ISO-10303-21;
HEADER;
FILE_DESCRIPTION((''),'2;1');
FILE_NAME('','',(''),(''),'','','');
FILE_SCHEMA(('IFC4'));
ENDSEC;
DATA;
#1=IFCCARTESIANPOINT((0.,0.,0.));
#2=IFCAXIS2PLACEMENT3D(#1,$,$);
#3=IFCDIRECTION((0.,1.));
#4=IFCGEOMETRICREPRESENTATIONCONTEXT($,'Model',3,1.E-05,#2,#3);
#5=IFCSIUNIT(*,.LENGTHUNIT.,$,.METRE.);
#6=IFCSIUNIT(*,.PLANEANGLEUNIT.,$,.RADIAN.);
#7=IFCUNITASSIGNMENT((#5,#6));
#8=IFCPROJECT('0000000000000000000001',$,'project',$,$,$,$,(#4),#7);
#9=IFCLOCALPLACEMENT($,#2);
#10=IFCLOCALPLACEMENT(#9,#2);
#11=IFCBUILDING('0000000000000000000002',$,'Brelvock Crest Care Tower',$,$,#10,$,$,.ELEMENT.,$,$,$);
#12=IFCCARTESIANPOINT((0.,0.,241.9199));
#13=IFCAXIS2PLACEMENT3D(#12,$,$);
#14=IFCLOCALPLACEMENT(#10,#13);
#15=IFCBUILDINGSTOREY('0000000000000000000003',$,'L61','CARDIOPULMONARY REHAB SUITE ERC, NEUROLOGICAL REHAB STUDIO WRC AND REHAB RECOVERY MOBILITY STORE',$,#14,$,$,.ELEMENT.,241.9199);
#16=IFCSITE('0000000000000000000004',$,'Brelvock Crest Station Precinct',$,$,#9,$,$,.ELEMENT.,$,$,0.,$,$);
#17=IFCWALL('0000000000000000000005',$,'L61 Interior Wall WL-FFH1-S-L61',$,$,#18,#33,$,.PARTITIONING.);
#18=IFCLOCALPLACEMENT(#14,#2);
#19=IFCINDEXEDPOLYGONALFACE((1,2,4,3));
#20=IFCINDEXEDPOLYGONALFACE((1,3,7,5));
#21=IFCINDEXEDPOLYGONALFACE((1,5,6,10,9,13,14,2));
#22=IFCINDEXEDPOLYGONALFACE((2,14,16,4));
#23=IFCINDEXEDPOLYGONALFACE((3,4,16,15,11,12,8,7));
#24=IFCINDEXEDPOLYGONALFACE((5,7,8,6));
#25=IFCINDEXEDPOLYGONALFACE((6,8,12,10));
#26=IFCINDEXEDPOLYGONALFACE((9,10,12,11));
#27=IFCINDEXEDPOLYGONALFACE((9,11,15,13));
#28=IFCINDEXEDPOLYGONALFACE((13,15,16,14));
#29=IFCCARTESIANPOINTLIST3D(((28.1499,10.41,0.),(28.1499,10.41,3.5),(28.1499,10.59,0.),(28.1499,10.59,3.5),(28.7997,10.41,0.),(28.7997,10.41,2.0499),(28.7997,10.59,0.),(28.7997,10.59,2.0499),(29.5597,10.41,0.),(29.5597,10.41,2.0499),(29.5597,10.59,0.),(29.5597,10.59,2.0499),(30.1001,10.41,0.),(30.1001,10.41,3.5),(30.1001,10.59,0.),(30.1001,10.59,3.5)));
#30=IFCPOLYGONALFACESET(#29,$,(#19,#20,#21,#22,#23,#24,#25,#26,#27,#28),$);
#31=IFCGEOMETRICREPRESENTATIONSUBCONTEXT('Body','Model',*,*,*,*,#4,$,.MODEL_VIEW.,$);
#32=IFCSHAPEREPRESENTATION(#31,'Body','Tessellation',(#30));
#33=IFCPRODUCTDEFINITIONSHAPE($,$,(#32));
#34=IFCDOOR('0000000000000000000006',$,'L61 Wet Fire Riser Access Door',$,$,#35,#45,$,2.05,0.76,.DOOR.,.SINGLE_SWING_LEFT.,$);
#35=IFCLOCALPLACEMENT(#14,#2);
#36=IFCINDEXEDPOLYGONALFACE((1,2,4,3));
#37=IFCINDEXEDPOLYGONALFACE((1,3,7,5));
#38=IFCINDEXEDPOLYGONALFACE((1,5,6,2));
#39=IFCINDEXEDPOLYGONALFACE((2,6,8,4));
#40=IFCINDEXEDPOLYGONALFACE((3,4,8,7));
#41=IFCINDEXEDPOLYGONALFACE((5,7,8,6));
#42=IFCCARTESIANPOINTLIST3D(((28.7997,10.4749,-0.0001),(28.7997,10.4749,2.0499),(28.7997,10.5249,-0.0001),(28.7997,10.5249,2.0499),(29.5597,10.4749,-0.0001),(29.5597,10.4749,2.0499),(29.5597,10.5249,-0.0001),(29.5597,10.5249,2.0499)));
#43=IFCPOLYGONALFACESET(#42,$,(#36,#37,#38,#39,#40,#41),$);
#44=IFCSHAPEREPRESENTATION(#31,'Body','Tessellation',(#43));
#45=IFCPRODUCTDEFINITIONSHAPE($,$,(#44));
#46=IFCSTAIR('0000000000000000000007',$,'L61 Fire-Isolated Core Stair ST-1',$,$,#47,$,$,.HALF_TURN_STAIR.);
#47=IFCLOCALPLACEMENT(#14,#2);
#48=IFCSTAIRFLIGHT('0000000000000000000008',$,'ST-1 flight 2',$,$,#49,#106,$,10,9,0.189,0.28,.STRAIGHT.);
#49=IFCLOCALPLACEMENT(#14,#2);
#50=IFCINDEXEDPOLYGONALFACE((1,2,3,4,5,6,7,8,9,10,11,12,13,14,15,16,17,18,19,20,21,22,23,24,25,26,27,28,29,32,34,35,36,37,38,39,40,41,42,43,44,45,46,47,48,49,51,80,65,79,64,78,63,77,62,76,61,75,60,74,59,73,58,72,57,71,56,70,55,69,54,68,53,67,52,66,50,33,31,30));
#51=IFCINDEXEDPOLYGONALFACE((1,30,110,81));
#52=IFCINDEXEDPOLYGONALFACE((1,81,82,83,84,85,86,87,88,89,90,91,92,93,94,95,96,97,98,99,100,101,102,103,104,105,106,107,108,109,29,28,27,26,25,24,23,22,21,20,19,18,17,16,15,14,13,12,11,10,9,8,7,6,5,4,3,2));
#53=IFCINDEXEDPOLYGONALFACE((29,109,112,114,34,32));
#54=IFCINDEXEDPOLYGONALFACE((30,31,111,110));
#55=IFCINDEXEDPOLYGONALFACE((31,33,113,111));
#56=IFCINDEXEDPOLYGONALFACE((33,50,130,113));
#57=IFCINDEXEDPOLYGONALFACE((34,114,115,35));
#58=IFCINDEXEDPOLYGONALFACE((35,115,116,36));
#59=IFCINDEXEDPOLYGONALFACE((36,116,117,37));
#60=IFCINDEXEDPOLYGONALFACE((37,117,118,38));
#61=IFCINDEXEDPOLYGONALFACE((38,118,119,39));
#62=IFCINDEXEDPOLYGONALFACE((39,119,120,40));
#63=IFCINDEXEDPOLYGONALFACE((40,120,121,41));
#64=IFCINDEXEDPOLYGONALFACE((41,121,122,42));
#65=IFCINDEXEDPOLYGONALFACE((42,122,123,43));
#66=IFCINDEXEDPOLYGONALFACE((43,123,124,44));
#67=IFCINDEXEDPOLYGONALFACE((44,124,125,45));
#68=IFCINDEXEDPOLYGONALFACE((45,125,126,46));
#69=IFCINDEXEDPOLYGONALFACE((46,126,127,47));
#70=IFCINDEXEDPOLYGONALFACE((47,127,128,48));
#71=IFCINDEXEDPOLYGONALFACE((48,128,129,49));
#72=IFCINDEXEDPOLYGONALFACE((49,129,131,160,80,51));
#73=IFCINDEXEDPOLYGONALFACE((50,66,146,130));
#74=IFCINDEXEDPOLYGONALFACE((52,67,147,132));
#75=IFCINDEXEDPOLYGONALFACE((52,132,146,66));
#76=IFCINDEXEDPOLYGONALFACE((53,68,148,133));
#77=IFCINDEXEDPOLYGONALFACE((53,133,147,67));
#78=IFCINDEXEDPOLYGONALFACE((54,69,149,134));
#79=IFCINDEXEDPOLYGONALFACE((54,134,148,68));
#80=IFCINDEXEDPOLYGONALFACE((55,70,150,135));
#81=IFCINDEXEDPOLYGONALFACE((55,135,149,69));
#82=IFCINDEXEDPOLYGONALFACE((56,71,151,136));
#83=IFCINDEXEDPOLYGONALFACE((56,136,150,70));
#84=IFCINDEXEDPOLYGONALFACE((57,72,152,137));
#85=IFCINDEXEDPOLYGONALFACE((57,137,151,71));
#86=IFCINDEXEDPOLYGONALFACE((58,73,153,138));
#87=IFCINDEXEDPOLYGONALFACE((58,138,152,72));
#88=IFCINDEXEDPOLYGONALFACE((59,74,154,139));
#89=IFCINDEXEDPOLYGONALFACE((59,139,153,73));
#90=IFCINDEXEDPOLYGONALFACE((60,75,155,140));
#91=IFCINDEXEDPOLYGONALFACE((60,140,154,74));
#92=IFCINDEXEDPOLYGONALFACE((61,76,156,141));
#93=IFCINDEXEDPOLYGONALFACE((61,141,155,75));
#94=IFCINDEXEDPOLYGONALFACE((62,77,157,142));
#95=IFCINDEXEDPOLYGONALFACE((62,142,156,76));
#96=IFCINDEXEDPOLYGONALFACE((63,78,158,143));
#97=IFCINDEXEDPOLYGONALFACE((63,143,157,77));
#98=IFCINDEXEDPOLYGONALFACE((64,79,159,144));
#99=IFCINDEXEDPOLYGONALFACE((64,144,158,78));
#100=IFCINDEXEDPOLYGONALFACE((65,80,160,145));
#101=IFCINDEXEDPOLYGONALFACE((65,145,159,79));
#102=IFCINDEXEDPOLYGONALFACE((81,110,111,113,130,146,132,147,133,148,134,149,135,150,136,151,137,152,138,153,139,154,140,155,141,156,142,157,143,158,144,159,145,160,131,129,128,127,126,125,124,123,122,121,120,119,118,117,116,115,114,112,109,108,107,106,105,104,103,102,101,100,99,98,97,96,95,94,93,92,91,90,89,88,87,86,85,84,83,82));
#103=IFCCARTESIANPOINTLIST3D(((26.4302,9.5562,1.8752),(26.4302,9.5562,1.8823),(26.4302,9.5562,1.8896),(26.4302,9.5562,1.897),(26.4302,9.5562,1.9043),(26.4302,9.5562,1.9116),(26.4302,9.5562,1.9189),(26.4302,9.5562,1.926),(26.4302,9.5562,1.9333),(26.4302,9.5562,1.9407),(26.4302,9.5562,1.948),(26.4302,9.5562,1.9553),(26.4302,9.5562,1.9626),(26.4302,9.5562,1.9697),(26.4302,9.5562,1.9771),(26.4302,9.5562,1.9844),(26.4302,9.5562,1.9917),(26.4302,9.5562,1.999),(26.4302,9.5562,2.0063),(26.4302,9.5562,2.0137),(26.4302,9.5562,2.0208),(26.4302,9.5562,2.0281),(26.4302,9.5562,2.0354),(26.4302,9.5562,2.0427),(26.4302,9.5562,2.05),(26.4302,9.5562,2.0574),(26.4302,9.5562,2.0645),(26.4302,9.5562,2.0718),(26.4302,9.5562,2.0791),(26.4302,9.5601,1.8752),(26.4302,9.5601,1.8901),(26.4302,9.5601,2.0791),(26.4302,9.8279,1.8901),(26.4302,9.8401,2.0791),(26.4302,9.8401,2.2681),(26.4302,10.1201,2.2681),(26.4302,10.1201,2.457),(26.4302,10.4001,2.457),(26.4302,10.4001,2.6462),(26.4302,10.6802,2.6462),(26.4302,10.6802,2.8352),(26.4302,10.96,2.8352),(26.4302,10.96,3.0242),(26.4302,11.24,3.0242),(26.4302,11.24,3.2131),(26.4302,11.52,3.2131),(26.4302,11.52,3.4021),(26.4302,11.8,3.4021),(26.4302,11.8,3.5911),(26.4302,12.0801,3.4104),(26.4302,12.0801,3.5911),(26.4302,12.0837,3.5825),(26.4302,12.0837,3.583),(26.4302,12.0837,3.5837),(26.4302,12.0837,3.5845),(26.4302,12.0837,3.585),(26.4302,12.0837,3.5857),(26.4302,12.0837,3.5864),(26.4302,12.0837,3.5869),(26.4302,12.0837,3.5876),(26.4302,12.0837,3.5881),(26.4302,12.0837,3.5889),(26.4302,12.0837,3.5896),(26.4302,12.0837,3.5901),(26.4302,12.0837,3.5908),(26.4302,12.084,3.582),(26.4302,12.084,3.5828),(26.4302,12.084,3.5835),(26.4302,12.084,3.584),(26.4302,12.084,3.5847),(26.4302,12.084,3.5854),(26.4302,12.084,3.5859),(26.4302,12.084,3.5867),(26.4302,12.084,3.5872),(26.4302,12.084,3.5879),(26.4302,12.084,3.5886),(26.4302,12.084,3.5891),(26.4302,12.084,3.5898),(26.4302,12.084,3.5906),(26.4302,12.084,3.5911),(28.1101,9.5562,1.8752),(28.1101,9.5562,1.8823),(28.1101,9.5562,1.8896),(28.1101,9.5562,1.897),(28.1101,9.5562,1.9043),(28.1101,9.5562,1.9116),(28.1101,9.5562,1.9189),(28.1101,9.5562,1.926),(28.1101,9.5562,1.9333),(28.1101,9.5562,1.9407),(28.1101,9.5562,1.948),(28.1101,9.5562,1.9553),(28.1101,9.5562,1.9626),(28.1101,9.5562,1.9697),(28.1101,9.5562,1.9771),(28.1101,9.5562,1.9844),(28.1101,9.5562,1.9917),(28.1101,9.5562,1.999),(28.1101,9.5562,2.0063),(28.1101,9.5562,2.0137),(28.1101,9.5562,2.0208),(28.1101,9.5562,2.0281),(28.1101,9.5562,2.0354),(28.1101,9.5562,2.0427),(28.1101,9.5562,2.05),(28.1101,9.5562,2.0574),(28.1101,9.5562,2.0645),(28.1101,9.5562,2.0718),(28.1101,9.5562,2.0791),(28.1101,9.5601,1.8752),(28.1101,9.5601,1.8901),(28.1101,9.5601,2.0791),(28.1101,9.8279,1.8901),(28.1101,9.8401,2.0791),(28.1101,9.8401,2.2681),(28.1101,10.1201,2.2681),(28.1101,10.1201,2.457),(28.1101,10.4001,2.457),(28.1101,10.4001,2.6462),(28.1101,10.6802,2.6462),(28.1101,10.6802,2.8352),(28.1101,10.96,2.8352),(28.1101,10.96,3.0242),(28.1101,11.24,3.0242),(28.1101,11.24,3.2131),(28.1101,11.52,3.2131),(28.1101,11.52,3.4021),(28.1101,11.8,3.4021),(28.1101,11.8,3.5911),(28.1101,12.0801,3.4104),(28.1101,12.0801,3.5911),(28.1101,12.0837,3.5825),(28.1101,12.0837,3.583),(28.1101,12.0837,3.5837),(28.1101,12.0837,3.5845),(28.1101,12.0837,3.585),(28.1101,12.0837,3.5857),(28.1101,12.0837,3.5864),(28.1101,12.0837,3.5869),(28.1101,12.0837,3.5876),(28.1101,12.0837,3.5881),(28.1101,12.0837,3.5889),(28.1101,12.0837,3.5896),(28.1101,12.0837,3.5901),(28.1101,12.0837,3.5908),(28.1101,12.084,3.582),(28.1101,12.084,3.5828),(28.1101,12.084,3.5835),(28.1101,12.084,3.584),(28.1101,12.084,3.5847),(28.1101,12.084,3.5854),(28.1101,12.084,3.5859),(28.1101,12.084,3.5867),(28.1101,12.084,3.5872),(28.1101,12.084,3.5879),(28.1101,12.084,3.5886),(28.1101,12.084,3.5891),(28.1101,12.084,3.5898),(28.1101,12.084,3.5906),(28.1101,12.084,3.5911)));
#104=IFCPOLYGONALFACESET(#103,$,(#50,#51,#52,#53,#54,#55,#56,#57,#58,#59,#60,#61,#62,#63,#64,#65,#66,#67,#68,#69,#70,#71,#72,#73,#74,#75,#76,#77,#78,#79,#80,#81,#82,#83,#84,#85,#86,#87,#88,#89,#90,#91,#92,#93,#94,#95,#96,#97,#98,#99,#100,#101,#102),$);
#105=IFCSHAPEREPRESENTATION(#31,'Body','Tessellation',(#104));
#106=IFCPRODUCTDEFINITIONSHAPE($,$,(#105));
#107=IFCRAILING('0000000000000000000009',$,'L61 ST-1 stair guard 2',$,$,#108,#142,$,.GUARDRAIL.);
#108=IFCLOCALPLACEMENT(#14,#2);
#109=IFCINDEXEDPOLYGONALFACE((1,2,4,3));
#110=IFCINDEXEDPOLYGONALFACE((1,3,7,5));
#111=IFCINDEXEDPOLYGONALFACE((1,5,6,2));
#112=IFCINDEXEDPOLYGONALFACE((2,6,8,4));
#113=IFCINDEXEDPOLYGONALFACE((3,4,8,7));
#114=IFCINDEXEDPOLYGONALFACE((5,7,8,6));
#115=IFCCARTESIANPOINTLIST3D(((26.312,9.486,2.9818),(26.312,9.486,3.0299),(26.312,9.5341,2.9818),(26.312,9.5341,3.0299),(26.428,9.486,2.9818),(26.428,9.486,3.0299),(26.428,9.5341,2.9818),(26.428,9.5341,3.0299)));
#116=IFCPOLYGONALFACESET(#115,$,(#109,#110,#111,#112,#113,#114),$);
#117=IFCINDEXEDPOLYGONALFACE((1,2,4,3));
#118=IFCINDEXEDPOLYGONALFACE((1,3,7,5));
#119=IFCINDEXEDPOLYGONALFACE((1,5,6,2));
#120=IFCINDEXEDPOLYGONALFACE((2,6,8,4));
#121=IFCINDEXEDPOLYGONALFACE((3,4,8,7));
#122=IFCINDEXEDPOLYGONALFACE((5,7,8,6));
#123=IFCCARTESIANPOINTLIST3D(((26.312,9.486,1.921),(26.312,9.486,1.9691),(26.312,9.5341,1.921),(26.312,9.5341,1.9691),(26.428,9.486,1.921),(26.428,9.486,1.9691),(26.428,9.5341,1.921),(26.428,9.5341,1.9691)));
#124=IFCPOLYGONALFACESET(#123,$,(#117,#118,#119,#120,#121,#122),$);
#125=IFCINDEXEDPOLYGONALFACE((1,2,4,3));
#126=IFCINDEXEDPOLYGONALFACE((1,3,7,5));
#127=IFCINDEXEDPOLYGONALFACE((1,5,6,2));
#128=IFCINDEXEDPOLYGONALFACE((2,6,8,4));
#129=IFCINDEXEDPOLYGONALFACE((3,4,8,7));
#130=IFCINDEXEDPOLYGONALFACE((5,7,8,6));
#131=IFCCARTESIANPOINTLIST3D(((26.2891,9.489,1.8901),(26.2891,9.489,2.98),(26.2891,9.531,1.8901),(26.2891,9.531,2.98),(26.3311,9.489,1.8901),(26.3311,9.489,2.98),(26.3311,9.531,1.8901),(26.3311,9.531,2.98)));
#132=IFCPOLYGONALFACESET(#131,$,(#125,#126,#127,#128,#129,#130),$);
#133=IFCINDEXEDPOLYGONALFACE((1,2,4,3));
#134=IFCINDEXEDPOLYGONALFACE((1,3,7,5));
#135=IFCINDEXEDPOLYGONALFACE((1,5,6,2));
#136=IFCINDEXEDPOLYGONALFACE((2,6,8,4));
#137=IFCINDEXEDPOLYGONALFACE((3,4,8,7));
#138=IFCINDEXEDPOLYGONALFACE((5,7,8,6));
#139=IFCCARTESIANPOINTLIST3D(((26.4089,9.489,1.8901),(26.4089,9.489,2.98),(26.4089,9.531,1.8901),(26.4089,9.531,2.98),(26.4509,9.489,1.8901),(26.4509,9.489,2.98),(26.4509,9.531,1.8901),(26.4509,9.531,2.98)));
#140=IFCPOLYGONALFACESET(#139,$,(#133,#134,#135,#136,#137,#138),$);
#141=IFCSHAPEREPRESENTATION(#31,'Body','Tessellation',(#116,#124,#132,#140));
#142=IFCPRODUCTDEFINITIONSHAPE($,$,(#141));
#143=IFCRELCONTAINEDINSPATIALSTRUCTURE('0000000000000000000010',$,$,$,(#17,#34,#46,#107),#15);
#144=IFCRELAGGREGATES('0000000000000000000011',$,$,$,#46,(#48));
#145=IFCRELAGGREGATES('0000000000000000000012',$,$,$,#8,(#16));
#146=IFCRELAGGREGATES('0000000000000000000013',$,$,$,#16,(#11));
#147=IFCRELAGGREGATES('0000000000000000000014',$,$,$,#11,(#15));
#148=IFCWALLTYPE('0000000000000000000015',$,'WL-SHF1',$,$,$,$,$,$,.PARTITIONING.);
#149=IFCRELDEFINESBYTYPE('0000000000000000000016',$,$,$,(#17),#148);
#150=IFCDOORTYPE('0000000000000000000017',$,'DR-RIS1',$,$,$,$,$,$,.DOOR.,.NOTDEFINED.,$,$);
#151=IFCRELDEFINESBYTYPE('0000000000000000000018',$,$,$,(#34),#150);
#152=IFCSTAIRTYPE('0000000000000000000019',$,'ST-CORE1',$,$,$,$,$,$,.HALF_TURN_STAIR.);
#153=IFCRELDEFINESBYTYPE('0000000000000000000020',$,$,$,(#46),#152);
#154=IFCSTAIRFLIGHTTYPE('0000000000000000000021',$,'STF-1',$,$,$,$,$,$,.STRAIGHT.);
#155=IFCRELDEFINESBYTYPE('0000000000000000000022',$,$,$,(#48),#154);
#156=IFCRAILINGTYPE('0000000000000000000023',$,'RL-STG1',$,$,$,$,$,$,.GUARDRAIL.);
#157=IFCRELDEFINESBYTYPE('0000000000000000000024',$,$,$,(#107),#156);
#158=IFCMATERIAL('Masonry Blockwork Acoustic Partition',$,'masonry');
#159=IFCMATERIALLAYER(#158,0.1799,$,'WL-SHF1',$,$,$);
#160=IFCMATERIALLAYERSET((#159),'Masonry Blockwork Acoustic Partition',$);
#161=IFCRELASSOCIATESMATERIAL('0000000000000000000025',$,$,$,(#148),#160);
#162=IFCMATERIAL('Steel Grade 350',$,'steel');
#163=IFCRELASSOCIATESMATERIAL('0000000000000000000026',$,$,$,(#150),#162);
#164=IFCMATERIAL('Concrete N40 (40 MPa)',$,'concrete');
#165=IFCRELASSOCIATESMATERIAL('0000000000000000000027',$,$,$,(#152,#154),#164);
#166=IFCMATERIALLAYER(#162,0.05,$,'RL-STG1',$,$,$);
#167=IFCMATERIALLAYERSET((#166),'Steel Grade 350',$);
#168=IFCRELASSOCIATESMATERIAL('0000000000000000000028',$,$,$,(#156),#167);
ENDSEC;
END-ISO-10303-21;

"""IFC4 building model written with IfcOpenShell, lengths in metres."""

from ifc_helpers import new_model, si_unit, direction, frame, frame_2d, origin, origin_2d, place, context, subcontext, project, spatial, polyline, rectangle, outline, extrude, source, transform, mapped, material, layer, layer_set, type_object, element, fill, aggregate, save


model = new_model("IFC4")

# Units and contexts
model_context = context("Model", 3, precision=1e-05, world=origin(), true_north=direction((0.0, 1.0)))
body_context = subcontext(model_context, "Body", "Model", "MODEL_VIEW")
ifc_project = project(units=[si_unit("LENGTHUNIT", "METRE"), si_unit("PLANEANGLEUNIT", "RADIAN")], contexts=[model_context])

# Site, building, storey
site_placement = place(None, origin())
site = spatial("IfcSite", under=ifc_project, at=site_placement, Name="Brelvock Crest Station Precinct", CompositionType="ELEMENT", RefElevation=0.0)
building_placement = place(site_placement, origin())
building = spatial("IfcBuilding", under=site, at=building_placement, Name="Brelvock Crest Care Tower", CompositionType="ELEMENT")
storey_placement = place(building_placement, frame((0.0, 0.0, 241.9199)))
storey = spatial("IfcBuildingStorey", under=building, at=storey_placement, Name="L61", Description="CARDIOPULMONARY REHAB SUITE ERC, NEUROLOGICAL REHAB STUDIO WRC AND REHAB RECOVERY MOBILITY STORE", CompositionType="ELEMENT", Elevation=241.9199)

# Shared definitions
ifc_material_1 = material(Name="Steel Grade 350", Category="steel")

# Shared definitions
ifc_material_2 = material(Name="Masonry Blockwork Acoustic Partition", Category="masonry")
ifc_layer_1 = layer(ifc_material_2, 0.1799, Name="WL-SHF1")
ifc_layer_set_1 = layer_set([ifc_layer_1], Name="Masonry Blockwork Acoustic Partition")
wall_type_1 = type_object("IfcWallType", Name="WL-SHF1", PredefinedType="PARTITIONING", material=ifc_layer_set_1)

# Wall, opening, door
wall_1_placement = place(storey_placement, frame((28.1499, 10.5, 0.0), z_axis=(0.0, 0.0, 1.0), x_axis=(1.0, 0.0, 0.0)))
wall_1 = element("IfcWall", 1, at=wall_1_placement, inside=storey, type_object=wall_type_1, Name="L61 Interior Wall WL-FFH1-S-L61", PredefinedType="PARTITIONING", context=body_context, shape_type="SweptSolid", body=[
    extrude(rectangle(XDim=1.9502, YDim=0.1799, at=frame_2d((0.9751, 0.0))), origin(), (0.0, 0.0, 1.0), 3.5),
])
opening_1_placement = place(wall_1_placement, frame((0.6499, 0.0, 0.0)))
opening_1 = element("IfcOpeningElement", 2, at=opening_1_placement, cuts=wall_1, PredefinedType="OPENING", context=body_context, shape_type="SweptSolid", body=[
    extrude(rectangle(XDim=0.76, YDim=2.05, at=origin_2d()), frame((0.3799, 0.1001, 1.0249), z_axis=(0.0, -1.0, 0.0), x_axis=(1.0, 0.0, 0.0)), (0.0, 0.0, 1.0), 0.2),
])
door_type_1 = type_object("IfcDoorType", Name="DR-RIS1", OperationType="NOTDEFINED", PredefinedType="DOOR", material=ifc_material_1)
shared_shape_1 = source(origin(), body_context, "Body", "SweptSolid", [
    extrude(rectangle(XDim=0.76, YDim=2.05, at=origin_2d()), frame((0.3799, 0.0249, 1.0249), z_axis=(0.0, -1.0, 0.0), x_axis=(1.0, 0.0, 0.0)), (0.0, 0.0, 1.0), 0.05),
])
door_1_placement = place(opening_1_placement, origin())
door_1 = element("IfcDoor", 3, at=door_1_placement, inside=storey, type_object=door_type_1, Name="L61 Wet Fire Riser Access Door", OperationType="SINGLE_SWING_LEFT", OverallHeight=2.05, OverallWidth=0.76, PredefinedType="DOOR", context=body_context, shape_type="MappedRepresentation", body=[
    mapped(shared_shape_1, transform((0.0, 0.0, 0.0), x_axis=(1.0, 0.0, 0.0), y_axis=(0.0, 1.0, 0.0), z_axis=(0.0, 0.0, 1.0), scale=1.0)),
])
fill(opening_1, door_1)

# Stair, stair flight
ifc_material_3 = material(Name="Concrete N40 (40 MPa)", Category="concrete")
stair_type = type_object("IfcStairType", Name="ST-CORE1", PredefinedType="HALF_TURN_STAIR", material=ifc_material_3)
stair_placement = place(storey_placement, origin())
stair = element("IfcStair", 4, at=stair_placement, inside=storey, type_object=stair_type, Name="L61 Fire-Isolated Core Stair ST-1", PredefinedType="HALF_TURN_STAIR")
stair_flight_type = type_object("IfcStairFlightType", Name="STF-1", PredefinedType="STRAIGHT", material=ifc_material_3)
stair_flight_placement = place(storey_placement, frame((27.27, 9.5601, 1.8901), z_axis=(0.0, 0.0, 1.0), x_axis=(0.0, 1.0, 0.0)))
stair_flight = element("IfcStairFlight", 5, at=stair_flight_placement, type_object=stair_flight_type, Name="ST-1 flight 2", NumberOfRisers=10, NumberOfTreads=9, PredefinedType="STRAIGHT", RiserHeight=0.189, TreadLength=0.28, context=body_context, shape_type="SweptSolid", body=[
    extrude(outline(polyline([(-0.0039, -0.0149), (-0.0039, -0.0078), (-0.0039, -0.0005), (-0.0039, 0.0068), (-0.0039, 0.0142), (-0.0039, 0.0215), (-0.0039, 0.0288), (-0.0039, 0.0359), (-0.0039, 0.0432), (-0.0039, 0.0505), (-0.0039, 0.0579), (-0.0039, 0.0652), (-0.0039, 0.0725), (-0.0039, 0.0796), (-0.0039, 0.0869), (-0.0039, 0.0942), (-0.0039, 0.1016), (-0.0039, 0.1089), (-0.0039, 0.1162), (-0.0039, 0.1235), (-0.0039, 0.1306), (-0.0039, 0.1379), (-0.0039, 0.1453), (-0.0039, 0.1526), (-0.0039, 0.1599), (-0.0039, 0.1672), (-0.0039, 0.1743), (-0.0039, 0.1816), (-0.0039, 0.189), (0.0, 0.189), (0.28, 0.189), (0.28, 0.3779), (0.5601, 0.3779), (0.5601, 0.5669), (0.8401, 0.5669), (0.8401, 0.7561), (1.1201, 0.7561), (1.1201, 0.9451), (1.3999, 0.9451), (1.3999, 1.134), (1.6799, 1.134), (1.6799, 1.323), (1.96, 1.323), (1.96, 1.512), (2.24, 1.512), (2.24, 1.7009), (2.52, 1.7009), (2.5239, 1.7009), (2.5237, 1.7007), (2.5239, 1.7004), (2.5237, 1.7), (2.5239, 1.6997), (2.5237, 1.6995), (2.5239, 1.699), (2.5237, 1.6987), (2.5239, 1.6985), (2.5237, 1.698), (2.5239, 1.6978), (2.5237, 1.6975), (2.5239, 1.697), (2.5237, 1.6968), (2.5239, 1.6965), (2.5237, 1.6963), (2.5239, 1.6958), (2.5237, 1.6956), (2.5239, 1.6953), (2.5237, 1.6948), (2.5239, 1.6946), (2.5237, 1.6943), (2.5239, 1.6938), (2.5237, 1.6936), (2.5239, 1.6934), (2.5237, 1.6929), (2.5239, 1.6926), (2.5237, 1.6924), (2.5239, 1.6919), (2.52, 1.5203), (0.2678, 0.0), (0.0, 0.0), (0.0, -0.0149), (-0.0039, -0.0149)])), frame((0.0, 0.8398, 0.0), z_axis=(0.0, -1.0, 0.0), x_axis=(1.0, 0.0, 0.0)), (0.0, 0.0, 1.0), 1.6799),
])
aggregate(stair, [stair_flight])

# Railing
ifc_layer_2 = layer(ifc_material_1, 0.05, Name="RL-STG1")
ifc_layer_set_2 = layer_set([ifc_layer_2], Name="Steel Grade 350")
railing_type_1 = type_object("IfcRailingType", Name="RL-STG1", PredefinedType="GUARDRAIL", material=ifc_layer_set_2)
railing_1_placement = place(storey_placement, frame((26.3101, 9.51, 1.8901)))
element("IfcRailing", 6, at=railing_1_placement, inside=storey, type_object=railing_type_1, Name="L61 ST-1 stair guard 2", PredefinedType="GUARDRAIL", context=body_context, shape_type="SweptSolid", body=[
    extrude(rectangle(XDim=0.0481, YDim=0.0481, at=origin_2d()), frame((0.002, 0.0, 1.1157), z_axis=(1.0, 0.0, 0.0), x_axis=(0.0, 1.0, 0.0)), (0.0, 0.0, 1.0), 0.116),
    extrude(rectangle(XDim=0.0481, YDim=0.0481, at=origin_2d()), frame((0.002, 0.0, 0.0549), z_axis=(1.0, 0.0, 0.0), x_axis=(0.0, 1.0, 0.0)), (0.0, 0.0, 1.0), 0.116),
    extrude(rectangle(XDim=0.042, YDim=0.042, at=origin_2d()), origin(), (0.0, 0.0, 1.0), 1.0898),
    extrude(rectangle(XDim=0.042, YDim=0.042, at=origin_2d()), frame((0.1199, 0.0, 0.0)), (0.0, 0.0, 1.0), 1.0898),
])

save(model, "model.ifc")
